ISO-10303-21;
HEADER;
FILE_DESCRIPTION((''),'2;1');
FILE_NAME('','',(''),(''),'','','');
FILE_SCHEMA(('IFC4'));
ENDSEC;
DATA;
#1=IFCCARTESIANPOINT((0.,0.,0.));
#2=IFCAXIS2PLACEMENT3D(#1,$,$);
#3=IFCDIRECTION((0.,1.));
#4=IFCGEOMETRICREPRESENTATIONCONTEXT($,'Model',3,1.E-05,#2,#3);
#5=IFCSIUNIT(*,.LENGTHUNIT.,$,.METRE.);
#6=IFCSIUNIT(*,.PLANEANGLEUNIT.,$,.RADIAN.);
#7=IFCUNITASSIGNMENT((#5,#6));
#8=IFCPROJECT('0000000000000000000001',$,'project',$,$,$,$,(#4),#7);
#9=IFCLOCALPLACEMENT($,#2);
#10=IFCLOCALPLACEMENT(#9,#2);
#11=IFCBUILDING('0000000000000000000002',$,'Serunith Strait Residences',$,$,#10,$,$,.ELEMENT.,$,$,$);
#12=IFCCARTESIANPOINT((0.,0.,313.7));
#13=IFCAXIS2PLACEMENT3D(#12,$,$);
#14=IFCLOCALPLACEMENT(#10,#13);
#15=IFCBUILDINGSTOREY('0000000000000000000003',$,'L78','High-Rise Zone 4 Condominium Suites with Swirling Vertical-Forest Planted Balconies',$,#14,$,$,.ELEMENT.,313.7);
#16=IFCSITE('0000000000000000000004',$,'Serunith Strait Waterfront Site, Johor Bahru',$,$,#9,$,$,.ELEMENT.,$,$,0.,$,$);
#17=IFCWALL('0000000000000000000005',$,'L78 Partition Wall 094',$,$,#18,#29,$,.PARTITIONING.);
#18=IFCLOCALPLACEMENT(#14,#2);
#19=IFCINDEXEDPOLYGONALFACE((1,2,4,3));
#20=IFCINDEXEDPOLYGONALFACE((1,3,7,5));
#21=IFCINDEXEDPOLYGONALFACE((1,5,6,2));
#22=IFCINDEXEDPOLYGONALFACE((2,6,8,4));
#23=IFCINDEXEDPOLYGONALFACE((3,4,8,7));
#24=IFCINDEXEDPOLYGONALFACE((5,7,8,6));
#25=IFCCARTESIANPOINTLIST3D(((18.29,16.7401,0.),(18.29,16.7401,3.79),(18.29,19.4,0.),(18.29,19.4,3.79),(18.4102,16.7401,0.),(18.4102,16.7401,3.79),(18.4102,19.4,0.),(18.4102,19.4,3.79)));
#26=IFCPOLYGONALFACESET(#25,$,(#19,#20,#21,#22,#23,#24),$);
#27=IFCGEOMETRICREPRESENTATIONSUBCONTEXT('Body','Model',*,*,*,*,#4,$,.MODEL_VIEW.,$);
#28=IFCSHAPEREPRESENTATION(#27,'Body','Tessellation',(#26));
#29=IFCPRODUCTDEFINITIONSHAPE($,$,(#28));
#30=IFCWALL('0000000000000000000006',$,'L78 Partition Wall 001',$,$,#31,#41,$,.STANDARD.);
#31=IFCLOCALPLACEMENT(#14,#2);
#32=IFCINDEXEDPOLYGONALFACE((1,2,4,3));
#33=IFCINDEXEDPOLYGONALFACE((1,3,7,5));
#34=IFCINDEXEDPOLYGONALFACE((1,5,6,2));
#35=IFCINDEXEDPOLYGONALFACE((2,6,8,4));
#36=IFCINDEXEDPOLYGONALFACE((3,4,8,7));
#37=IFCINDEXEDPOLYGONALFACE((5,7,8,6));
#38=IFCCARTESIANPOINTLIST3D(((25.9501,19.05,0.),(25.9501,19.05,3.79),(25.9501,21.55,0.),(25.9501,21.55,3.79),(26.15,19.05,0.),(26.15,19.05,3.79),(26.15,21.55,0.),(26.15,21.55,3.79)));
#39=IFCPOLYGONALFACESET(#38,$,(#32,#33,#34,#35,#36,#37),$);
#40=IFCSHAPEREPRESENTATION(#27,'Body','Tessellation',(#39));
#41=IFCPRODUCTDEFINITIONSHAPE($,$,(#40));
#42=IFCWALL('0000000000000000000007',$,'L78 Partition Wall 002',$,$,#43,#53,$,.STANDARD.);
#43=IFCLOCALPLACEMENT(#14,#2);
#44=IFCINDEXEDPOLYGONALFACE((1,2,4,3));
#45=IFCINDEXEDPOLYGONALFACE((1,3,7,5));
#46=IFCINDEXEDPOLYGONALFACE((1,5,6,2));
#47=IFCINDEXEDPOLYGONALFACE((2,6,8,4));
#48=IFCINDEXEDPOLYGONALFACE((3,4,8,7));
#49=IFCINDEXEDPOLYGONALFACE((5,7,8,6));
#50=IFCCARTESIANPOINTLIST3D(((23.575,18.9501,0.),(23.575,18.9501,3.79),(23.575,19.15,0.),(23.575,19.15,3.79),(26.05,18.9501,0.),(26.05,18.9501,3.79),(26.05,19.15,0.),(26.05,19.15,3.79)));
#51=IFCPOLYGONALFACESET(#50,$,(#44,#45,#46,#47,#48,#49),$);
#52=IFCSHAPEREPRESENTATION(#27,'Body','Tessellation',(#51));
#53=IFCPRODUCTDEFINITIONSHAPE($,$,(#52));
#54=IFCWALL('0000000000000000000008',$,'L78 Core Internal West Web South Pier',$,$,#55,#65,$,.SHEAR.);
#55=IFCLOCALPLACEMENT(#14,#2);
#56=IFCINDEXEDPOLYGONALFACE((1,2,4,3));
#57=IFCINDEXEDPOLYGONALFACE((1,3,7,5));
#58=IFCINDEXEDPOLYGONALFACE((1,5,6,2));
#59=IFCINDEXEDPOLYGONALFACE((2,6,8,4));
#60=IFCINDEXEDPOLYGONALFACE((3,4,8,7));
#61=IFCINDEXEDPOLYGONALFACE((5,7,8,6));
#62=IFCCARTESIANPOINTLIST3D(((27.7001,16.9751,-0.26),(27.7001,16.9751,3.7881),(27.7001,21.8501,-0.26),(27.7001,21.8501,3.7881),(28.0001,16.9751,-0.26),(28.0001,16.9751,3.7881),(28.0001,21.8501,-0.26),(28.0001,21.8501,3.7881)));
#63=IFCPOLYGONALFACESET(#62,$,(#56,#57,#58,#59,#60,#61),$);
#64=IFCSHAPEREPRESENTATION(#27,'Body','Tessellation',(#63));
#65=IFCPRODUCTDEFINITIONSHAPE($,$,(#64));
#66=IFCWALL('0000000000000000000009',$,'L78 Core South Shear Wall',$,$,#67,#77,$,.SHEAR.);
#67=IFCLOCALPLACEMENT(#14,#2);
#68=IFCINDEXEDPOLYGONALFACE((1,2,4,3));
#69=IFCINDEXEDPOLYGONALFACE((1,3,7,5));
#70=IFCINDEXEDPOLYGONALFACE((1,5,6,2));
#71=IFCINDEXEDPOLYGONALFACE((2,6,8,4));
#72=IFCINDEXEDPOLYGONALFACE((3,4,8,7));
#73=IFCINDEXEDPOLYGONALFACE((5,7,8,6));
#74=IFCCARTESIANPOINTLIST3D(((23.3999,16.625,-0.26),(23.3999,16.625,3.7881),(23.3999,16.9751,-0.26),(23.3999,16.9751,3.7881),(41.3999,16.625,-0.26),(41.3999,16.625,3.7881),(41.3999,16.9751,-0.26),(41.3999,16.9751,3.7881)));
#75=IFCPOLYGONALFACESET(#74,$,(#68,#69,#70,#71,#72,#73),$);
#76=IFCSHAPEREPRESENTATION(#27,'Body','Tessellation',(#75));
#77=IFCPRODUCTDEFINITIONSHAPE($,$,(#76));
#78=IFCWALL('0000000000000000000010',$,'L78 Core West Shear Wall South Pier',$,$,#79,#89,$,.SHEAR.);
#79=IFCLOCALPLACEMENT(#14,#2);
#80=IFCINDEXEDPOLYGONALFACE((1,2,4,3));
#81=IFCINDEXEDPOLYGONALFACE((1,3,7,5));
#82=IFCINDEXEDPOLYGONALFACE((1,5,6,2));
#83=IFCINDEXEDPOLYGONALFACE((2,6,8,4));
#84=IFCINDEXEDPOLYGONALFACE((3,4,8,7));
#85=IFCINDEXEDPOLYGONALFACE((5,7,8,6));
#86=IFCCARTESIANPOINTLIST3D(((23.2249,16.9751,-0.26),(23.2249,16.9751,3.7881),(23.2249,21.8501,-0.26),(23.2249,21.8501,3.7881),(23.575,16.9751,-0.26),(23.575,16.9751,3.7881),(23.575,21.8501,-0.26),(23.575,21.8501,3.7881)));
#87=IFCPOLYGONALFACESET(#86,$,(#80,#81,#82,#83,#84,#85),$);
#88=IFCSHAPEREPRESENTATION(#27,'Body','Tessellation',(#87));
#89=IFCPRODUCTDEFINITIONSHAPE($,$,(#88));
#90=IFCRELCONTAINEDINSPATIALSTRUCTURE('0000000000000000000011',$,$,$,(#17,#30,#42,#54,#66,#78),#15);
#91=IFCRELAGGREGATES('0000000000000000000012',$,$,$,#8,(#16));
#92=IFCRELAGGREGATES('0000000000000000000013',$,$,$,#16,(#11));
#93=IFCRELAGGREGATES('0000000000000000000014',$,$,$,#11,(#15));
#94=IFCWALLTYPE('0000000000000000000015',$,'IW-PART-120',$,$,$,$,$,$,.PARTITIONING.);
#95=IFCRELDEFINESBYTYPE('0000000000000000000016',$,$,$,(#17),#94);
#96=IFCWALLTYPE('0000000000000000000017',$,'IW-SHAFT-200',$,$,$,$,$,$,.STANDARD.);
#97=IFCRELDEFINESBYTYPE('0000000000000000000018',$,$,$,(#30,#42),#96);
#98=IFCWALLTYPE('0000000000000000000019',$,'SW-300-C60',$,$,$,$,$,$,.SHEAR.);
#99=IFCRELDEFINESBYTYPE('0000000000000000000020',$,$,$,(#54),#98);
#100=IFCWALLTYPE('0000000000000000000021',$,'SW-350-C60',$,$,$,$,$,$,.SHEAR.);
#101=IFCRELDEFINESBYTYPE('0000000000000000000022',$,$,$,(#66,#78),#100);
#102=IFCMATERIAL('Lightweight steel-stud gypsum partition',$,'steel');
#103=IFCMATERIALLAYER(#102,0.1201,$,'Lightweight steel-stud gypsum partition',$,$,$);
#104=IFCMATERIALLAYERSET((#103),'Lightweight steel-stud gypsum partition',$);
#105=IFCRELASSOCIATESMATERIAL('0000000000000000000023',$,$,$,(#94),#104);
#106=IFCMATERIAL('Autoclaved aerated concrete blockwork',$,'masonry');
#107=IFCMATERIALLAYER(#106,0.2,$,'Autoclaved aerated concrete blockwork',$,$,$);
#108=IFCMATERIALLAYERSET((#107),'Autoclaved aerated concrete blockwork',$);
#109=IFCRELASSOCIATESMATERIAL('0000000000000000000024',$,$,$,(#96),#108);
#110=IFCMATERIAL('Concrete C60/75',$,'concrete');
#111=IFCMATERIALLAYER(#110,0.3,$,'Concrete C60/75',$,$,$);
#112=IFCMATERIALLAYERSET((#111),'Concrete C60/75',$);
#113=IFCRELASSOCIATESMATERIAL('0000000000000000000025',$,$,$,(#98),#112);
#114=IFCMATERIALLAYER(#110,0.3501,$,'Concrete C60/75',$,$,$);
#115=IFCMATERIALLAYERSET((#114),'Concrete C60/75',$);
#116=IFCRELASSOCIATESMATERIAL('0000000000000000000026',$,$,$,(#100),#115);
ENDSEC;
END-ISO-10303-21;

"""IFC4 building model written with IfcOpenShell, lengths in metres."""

from ifc_helpers import new_model, si_unit, direction, frame, frame_2d, origin, place, context, subcontext, project, spatial, rectangle, extrude, material, layer, layer_set, type_object, element, save


model = new_model("IFC4")

# Units and contexts
model_context = context("Model", 3, precision=1e-05, world=origin(), true_north=direction((0.0, 1.0)))
body_context = subcontext(model_context, "Body", "Model", "MODEL_VIEW")
ifc_project = project(units=[si_unit("LENGTHUNIT", "METRE"), si_unit("PLANEANGLEUNIT", "RADIAN")], contexts=[model_context])

# Site, building, storey
site_placement = place(None, origin())
site = spatial("IfcSite", under=ifc_project, at=site_placement, Name="Serunith Strait Waterfront Site, Johor Bahru", CompositionType="ELEMENT", RefElevation=0.0)
building_placement = place(site_placement, origin())
building = spatial("IfcBuilding", under=site, at=building_placement, Name="Serunith Strait Residences", CompositionType="ELEMENT")
storey_placement = place(building_placement, frame((0.0, 0.0, 313.7)))
storey = spatial("IfcBuildingStorey", under=building, at=storey_placement, Name="L78", Description="High-Rise Zone 4 Condominium Suites with Swirling Vertical-Forest Planted Balconies", CompositionType="ELEMENT", Elevation=313.7)

# Shared definitions
ifc_material_1 = material(Name="Lightweight steel-stud gypsum partition", Category="steel")
ifc_layer_1 = layer(ifc_material_1, 0.1201, Name="Lightweight steel-stud gypsum partition")
ifc_layer_set_1 = layer_set([ifc_layer_1], Name="Lightweight steel-stud gypsum partition")
wall_type_1 = type_object("IfcWallType", Name="IW-PART-120", PredefinedType="PARTITIONING", material=ifc_layer_set_1)

# Walls
wall_1_placement = place(storey_placement, frame((18.3501, 16.74, 0.0), z_axis=(0.0, 0.0, 1.0), x_axis=(0.0, 1.0, 0.0)))
element("IfcWall", 1, at=wall_1_placement, inside=storey, type_object=wall_type_1, Name="L78 Partition Wall 094", PredefinedType="PARTITIONING", context=body_context, shape_type="SweptSolid", body=[
    extrude(rectangle(XDim=2.6599, YDim=0.1201, at=frame_2d((1.3301, 0.0))), origin(), (0.0, 0.0, 1.0), 3.79),
])
ifc_material_2 = material(Name="Autoclaved aerated concrete blockwork", Category="masonry")
ifc_layer_2 = layer(ifc_material_2, 0.2, Name="Autoclaved aerated concrete blockwork")
ifc_layer_set_2 = layer_set([ifc_layer_2], Name="Autoclaved aerated concrete blockwork")
wall_type_2 = type_object("IfcWallType", Name="IW-SHAFT-200", PredefinedType="STANDARD", material=ifc_layer_set_2)
wall_2_placement = place(storey_placement, frame((26.05, 19.05, 0.0), z_axis=(0.0, 0.0, 1.0), x_axis=(0.0, 1.0, 0.0)))
element("IfcWall", 2, at=wall_2_placement, inside=storey, type_object=wall_type_2, Name="L78 Partition Wall 001", PredefinedType="STANDARD", context=body_context, shape_type="SweptSolid", body=[
    extrude(rectangle(XDim=2.5, YDim=0.2, at=frame_2d((1.25, 0.0))), origin(), (0.0, 0.0, 1.0), 3.79),
])
wall_3_placement = place(storey_placement, frame((23.575, 19.05, 0.0), z_axis=(0.0, 0.0, 1.0), x_axis=(1.0, 0.0, 0.0)))
element("IfcWall", 3, at=wall_3_placement, inside=storey, type_object=wall_type_2, Name="L78 Partition Wall 002", PredefinedType="STANDARD", context=body_context, shape_type="SweptSolid", body=[
    extrude(rectangle(XDim=2.4751, YDim=0.2, at=frame_2d((1.2375, 0.0))), origin(), (0.0, 0.0, 1.0), 3.79),
])
ifc_material_3 = material(Name="Concrete C60/75", Category="concrete")
ifc_layer_3 = layer(ifc_material_3, 0.3, Name="Concrete C60/75")
ifc_layer_set_3 = layer_set([ifc_layer_3], Name="Concrete C60/75")
wall_type_3 = type_object("IfcWallType", Name="SW-300-C60", PredefinedType="SHEAR", material=ifc_layer_set_3)
wall_4_placement = place(storey_placement, frame((27.8501, 16.9751, -0.26), z_axis=(0.0, 0.0, 1.0), x_axis=(0.0, 1.0, 0.0)))
element("IfcWall", 4, at=wall_4_placement, inside=storey, type_object=wall_type_3, Name="L78 Core Internal West Web South Pier", PredefinedType="SHEAR", context=body_context, shape_type="SweptSolid", body=[
    extrude(rectangle(XDim=4.875, YDim=0.3, at=frame_2d((2.4375, 0.0))), origin(), (0.0, 0.0, 1.0), 4.0481),
])
ifc_layer_4 = layer(ifc_material_3, 0.3501, Name="Concrete C60/75")
ifc_layer_set_4 = layer_set([ifc_layer_4], Name="Concrete C60/75")
wall_type_4 = type_object("IfcWallType", Name="SW-350-C60", PredefinedType="SHEAR", material=ifc_layer_set_4)
wall_5_placement = place(storey_placement, frame((23.3999, 16.8, -0.26), z_axis=(0.0, 0.0, 1.0), x_axis=(1.0, 0.0, 0.0)))
element("IfcWall", 5, at=wall_5_placement, inside=storey, type_object=wall_type_4, Name="L78 Core South Shear Wall", PredefinedType="SHEAR", context=body_context, shape_type="SweptSolid", body=[
    extrude(rectangle(XDim=18.0, YDim=0.3501, at=frame_2d((9.0, 0.0))), origin(), (0.0, 0.0, 1.0), 4.0481),
])
wall_6_placement = place(storey_placement, frame((23.3999, 16.9751, -0.26), z_axis=(0.0, 0.0, 1.0), x_axis=(0.0, 1.0, 0.0)))
element("IfcWall", 6, at=wall_6_placement, inside=storey, type_object=wall_type_4, Name="L78 Core West Shear Wall South Pier", PredefinedType="SHEAR", context=body_context, shape_type="SweptSolid", body=[
    extrude(rectangle(XDim=4.875, YDim=0.3501, at=frame_2d((2.4375, 0.0))), origin(), (0.0, 0.0, 1.0), 4.0481),
])

save(model, "model.ifc")
